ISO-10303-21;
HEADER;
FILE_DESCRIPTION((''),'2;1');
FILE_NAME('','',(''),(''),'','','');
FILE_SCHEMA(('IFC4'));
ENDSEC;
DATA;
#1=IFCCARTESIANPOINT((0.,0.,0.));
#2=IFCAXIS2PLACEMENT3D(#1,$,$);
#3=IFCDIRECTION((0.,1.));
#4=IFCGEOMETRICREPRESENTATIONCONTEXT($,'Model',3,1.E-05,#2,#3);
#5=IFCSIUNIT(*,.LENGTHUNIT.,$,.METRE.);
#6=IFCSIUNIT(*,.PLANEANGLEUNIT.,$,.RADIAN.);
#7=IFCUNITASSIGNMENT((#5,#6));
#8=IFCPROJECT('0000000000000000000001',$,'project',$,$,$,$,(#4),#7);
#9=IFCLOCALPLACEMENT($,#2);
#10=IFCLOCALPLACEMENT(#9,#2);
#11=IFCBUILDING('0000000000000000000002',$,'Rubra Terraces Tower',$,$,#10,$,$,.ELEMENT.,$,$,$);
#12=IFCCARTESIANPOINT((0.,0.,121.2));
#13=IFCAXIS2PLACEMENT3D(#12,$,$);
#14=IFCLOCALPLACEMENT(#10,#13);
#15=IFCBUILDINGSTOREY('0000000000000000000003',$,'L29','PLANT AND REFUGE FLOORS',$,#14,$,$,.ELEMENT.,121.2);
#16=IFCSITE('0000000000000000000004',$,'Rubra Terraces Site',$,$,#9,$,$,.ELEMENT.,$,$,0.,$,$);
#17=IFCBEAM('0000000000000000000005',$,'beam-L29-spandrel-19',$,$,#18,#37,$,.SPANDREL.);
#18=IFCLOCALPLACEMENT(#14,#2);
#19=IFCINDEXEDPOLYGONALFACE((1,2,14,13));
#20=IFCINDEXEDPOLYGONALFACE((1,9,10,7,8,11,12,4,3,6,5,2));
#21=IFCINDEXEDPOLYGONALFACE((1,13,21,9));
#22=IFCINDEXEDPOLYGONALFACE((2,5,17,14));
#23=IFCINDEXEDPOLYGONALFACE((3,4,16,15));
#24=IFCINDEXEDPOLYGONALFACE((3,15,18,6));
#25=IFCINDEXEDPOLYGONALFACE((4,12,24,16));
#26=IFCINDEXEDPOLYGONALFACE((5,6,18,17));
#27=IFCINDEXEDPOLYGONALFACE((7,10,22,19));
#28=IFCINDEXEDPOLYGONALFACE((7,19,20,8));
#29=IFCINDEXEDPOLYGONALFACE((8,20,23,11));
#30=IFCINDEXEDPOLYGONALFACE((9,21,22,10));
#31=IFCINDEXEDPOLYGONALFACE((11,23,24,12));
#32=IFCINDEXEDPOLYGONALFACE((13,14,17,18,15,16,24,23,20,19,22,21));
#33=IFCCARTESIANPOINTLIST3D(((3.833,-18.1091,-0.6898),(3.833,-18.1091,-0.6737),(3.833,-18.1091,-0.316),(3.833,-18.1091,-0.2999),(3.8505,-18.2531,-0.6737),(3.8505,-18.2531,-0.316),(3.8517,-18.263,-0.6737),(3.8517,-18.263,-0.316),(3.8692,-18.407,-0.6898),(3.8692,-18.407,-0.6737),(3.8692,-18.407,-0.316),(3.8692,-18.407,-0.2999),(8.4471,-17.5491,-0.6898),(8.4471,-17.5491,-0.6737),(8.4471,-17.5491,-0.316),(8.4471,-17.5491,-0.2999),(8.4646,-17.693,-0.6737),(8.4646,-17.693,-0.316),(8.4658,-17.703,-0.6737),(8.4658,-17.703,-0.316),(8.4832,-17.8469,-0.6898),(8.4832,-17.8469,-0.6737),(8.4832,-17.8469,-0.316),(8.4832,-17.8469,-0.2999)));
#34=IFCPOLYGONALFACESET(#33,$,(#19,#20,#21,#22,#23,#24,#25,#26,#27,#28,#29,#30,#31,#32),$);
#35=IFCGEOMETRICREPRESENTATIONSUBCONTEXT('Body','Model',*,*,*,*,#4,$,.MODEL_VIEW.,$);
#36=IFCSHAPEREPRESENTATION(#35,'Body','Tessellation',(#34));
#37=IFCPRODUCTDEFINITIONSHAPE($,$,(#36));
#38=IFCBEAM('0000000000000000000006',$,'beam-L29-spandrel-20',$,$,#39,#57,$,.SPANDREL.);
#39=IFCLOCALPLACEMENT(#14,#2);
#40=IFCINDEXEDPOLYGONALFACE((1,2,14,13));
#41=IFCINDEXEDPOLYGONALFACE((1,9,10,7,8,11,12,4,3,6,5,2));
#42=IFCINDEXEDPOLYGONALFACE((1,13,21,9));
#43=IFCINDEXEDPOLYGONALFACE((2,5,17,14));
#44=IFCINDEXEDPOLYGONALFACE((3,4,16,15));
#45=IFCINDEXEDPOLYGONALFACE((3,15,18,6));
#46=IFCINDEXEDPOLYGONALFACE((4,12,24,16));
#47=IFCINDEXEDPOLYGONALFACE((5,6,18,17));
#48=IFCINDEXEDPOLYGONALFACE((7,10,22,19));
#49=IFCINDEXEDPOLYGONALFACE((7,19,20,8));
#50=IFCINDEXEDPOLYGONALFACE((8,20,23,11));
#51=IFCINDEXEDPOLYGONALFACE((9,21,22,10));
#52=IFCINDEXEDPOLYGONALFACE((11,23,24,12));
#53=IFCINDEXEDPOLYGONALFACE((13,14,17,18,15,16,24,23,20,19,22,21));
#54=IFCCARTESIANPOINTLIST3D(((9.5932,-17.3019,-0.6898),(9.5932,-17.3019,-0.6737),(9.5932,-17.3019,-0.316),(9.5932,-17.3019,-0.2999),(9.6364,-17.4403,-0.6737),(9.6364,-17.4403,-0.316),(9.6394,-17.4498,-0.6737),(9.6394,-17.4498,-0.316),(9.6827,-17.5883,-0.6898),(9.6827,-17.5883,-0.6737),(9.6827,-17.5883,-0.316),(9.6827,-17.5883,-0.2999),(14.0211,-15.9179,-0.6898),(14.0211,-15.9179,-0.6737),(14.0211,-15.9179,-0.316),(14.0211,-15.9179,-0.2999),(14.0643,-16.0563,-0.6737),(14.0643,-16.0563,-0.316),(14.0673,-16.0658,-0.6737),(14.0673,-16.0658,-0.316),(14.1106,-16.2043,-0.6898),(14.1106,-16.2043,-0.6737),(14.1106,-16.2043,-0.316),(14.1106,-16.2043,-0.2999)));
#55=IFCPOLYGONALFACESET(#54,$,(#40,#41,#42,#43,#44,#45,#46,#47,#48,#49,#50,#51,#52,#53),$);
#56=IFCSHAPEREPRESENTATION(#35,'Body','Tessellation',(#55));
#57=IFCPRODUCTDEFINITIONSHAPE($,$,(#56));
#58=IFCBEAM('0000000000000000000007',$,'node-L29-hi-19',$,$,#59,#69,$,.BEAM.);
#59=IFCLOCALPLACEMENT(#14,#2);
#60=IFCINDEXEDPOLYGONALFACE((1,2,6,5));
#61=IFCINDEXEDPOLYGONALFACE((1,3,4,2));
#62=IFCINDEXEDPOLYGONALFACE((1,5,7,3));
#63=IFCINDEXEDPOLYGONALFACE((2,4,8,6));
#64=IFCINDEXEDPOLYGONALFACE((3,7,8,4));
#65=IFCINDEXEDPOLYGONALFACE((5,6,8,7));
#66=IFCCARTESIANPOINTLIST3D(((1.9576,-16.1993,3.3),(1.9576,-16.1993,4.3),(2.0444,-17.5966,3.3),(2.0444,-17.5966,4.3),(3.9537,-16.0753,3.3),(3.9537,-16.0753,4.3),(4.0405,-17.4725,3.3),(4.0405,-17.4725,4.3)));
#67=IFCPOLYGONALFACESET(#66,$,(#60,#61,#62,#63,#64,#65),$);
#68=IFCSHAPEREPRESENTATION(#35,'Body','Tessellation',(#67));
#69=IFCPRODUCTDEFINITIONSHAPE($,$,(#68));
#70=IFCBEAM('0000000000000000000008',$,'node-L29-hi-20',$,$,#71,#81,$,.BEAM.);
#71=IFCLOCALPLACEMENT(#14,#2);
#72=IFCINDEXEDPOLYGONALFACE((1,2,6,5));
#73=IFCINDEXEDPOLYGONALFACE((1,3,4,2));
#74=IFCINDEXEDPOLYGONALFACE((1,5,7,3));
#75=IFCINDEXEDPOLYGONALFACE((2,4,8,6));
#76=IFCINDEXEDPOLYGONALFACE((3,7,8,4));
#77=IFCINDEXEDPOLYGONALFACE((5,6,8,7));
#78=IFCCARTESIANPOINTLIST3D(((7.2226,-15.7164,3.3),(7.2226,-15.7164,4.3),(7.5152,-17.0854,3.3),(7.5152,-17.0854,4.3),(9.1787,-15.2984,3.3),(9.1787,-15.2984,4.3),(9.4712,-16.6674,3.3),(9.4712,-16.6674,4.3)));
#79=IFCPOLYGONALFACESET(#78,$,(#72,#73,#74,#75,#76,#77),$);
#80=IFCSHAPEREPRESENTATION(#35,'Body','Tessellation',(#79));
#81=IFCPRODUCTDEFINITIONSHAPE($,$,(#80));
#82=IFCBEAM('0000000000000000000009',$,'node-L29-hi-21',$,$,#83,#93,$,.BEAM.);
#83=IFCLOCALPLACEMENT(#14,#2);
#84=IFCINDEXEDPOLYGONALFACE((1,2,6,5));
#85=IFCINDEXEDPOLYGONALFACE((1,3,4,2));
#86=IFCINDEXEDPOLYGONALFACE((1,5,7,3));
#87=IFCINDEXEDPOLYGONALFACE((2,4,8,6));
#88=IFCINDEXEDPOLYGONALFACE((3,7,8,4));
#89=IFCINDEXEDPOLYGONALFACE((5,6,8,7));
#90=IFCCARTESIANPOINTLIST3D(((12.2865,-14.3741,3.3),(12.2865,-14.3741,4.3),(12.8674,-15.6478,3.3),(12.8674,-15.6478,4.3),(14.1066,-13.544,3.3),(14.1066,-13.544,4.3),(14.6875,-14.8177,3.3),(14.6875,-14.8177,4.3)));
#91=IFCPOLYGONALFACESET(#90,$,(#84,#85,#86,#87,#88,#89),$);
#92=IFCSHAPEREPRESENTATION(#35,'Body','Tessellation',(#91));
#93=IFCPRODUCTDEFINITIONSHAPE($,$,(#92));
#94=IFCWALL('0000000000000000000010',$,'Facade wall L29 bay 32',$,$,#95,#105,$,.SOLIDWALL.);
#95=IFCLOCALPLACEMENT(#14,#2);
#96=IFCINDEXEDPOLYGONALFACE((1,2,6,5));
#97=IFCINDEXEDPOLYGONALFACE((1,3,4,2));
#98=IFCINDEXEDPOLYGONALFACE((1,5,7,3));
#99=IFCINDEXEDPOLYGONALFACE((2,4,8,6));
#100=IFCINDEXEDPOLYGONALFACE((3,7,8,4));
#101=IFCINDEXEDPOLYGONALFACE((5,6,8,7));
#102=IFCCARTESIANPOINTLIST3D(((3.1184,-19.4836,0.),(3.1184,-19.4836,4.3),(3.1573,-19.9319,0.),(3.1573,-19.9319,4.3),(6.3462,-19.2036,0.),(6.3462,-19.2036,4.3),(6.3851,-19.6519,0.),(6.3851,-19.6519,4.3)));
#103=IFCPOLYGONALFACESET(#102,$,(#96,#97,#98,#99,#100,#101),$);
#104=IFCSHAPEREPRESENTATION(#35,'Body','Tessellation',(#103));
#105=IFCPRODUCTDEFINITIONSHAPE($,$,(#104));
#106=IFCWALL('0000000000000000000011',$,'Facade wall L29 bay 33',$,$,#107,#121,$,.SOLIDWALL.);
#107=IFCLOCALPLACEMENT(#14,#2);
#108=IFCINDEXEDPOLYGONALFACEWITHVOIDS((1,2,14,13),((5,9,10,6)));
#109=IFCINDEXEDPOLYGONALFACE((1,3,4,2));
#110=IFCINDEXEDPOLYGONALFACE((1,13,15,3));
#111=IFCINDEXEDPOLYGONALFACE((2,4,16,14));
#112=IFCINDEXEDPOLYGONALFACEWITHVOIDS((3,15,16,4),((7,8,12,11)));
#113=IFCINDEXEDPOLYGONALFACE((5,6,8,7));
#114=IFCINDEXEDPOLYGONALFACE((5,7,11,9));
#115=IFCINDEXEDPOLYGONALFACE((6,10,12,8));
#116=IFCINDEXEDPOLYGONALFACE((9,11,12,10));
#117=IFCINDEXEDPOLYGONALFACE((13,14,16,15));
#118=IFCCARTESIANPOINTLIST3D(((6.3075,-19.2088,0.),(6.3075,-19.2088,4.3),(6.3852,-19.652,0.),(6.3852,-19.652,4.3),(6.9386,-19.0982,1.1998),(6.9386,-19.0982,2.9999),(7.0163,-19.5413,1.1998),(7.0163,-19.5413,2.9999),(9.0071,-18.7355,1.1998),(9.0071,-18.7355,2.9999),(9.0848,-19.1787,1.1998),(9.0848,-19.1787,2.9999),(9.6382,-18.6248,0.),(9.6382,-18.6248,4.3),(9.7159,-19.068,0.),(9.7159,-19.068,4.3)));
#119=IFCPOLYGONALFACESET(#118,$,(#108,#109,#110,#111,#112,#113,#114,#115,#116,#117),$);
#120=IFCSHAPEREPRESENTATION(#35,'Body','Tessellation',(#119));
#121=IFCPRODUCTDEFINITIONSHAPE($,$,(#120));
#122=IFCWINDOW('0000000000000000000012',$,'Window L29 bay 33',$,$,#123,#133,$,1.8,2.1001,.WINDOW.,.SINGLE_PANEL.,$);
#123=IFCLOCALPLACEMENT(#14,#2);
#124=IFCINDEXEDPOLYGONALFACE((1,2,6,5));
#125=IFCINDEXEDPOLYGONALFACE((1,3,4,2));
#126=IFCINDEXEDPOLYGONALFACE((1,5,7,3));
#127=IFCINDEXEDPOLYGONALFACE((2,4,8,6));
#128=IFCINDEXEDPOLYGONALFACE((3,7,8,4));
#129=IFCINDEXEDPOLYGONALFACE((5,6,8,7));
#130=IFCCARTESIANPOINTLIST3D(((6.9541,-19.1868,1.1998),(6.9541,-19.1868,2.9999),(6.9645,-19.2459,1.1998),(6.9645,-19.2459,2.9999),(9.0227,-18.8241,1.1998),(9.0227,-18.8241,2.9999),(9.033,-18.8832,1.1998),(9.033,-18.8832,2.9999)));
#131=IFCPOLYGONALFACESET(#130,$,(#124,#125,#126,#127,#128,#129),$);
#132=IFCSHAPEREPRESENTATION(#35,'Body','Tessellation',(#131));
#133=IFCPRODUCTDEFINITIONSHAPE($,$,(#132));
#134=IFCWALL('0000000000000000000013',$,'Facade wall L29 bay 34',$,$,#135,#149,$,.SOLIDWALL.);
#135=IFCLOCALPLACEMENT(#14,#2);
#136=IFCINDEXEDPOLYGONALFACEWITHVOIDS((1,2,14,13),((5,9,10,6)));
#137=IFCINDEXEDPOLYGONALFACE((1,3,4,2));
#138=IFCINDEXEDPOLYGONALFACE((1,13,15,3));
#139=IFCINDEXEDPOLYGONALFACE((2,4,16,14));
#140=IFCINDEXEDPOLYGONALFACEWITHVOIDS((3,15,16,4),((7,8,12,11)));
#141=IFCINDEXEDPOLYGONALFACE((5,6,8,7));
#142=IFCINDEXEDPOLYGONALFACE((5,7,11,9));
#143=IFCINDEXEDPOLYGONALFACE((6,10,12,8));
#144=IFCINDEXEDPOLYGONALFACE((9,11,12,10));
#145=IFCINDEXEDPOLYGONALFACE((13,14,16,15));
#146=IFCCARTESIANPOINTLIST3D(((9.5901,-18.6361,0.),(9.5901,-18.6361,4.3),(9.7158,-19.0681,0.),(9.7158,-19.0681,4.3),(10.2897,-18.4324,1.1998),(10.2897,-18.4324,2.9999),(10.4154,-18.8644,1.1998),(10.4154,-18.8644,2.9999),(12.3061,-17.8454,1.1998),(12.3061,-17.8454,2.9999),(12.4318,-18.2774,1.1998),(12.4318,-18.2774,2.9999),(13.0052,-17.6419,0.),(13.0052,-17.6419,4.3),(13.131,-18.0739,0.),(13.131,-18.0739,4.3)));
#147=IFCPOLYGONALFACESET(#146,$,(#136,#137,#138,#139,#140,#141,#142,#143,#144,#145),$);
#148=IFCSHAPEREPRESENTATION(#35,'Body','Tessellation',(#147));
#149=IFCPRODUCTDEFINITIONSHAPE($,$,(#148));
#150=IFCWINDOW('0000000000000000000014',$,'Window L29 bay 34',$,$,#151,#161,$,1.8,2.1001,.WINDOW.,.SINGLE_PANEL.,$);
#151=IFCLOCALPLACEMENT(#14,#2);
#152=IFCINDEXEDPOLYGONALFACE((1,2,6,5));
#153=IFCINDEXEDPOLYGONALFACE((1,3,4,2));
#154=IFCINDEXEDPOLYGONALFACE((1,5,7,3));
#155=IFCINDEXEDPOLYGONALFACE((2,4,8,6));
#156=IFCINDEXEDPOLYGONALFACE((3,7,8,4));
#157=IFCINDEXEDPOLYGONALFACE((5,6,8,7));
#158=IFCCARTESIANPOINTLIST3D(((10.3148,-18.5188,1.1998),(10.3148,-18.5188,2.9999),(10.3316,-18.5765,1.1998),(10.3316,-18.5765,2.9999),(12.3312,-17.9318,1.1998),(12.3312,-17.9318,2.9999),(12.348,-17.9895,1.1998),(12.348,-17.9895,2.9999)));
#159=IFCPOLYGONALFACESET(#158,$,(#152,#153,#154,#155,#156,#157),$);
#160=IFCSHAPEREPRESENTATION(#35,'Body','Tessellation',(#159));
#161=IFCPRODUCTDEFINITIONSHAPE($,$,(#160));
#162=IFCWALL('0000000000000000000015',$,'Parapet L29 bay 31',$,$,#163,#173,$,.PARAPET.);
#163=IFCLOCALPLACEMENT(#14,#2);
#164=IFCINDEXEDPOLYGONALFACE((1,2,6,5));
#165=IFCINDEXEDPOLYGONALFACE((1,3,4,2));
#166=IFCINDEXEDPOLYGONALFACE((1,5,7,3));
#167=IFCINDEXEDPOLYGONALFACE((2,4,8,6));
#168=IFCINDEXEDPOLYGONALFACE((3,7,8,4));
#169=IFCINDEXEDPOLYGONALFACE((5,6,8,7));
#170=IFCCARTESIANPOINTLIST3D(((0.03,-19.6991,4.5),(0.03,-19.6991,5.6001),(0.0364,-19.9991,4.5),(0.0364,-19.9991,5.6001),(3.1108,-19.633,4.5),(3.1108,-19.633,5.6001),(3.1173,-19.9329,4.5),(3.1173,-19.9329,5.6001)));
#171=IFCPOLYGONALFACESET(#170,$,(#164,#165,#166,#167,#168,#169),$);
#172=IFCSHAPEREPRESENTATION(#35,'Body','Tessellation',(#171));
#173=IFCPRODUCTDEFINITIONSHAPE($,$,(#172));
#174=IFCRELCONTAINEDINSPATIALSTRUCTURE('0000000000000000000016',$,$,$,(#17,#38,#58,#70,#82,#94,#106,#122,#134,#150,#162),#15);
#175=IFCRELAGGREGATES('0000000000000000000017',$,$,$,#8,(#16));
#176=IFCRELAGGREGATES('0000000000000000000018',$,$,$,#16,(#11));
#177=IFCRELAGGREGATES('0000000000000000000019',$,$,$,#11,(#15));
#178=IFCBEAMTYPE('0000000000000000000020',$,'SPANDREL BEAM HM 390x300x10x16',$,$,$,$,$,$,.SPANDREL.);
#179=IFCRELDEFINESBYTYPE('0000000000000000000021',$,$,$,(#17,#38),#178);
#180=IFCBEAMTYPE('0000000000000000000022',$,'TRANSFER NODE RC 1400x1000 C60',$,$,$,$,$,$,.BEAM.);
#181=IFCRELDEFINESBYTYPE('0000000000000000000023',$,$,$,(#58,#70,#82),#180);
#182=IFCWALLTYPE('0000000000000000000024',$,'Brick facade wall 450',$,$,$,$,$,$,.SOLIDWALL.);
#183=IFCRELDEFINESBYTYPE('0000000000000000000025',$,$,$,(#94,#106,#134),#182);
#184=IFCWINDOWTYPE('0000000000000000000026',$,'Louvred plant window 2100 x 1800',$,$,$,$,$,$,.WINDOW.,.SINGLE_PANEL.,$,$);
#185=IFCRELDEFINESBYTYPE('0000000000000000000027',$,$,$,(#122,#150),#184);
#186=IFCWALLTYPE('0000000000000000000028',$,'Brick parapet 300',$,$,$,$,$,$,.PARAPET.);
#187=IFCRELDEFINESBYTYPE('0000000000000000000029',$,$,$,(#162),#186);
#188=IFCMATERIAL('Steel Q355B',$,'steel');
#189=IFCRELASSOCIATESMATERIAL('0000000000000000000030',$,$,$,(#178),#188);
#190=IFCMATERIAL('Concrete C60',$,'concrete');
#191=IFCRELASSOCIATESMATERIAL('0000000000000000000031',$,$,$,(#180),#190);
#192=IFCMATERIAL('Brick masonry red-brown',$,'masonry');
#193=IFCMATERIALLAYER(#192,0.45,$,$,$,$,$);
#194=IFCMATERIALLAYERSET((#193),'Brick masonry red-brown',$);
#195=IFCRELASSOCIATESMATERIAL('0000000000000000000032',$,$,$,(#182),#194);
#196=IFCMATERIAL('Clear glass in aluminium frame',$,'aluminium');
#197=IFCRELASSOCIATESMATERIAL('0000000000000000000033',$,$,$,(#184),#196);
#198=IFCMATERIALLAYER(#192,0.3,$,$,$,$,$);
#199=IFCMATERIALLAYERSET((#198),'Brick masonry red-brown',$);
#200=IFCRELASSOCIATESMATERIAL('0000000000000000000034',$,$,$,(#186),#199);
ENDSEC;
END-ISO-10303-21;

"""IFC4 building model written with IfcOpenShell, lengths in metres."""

from ifc_helpers import new_model, si_unit, direction, frame, frame_2d, origin, origin_2d, place, context, subcontext, project, spatial, rectangle, i_section, extrude, material, layer, layer_set, material_profile, profile_set, type_object, element, fill, save


model = new_model("IFC4")

# Units and contexts
model_context = context("Model", 3, precision=1e-05, world=origin(), true_north=direction((0.0, 1.0)))
body_context = subcontext(model_context, "Body", "Model", "MODEL_VIEW")
ifc_project = project(units=[si_unit("LENGTHUNIT", "METRE"), si_unit("PLANEANGLEUNIT", "RADIAN")], contexts=[model_context])

# Site, building, storey
site_placement = place(None, origin())
site = spatial("IfcSite", under=ifc_project, at=site_placement, Name="Rubra Terraces Site", CompositionType="ELEMENT", RefElevation=0.0)
building_placement = place(site_placement, origin())
building = spatial("IfcBuilding", under=site, at=building_placement, Name="Rubra Terraces Tower", CompositionType="ELEMENT")
storey_placement = place(building_placement, frame((0.0, 0.0, 121.2)))
storey = spatial("IfcBuildingStorey", under=building, at=storey_placement, Name="L29", Description="PLANT AND REFUGE FLOORS", CompositionType="ELEMENT", Elevation=121.2)

# Shared definitions
ifc_material_1 = material(Name="Concrete C60", Category="concrete")

# Shared definitions
ifc_material_2 = material(Name="Steel Q355B", Category="steel")

# Beams
ifc_material_profile_1 = material_profile(ifc_material_2, i_section(OverallWidth=0.3, OverallDepth=0.3899, WebThickness=0.01, FlangeThickness=0.0161, at=origin_2d()), Name="HM 390x300x10x16")
ifc_profile_set_1 = profile_set([ifc_material_profile_1], Name="Steel Q355B")
beam_type_1 = type_object("IfcBeamType", Name="SPANDREL BEAM HM 390x300x10x16", PredefinedType="SPANDREL", material=ifc_profile_set_1)
beam_1_placement = place(storey_placement, frame((3.8511, -18.2581, -0.4949), z_axis=(0.992714, 0.120498, 0.0), x_axis=(-0.120498, 0.992714, 0.0)))
element("IfcBeam", 1, at=beam_1_placement, inside=storey, type_object=beam_type_1, Name="beam-L29-spandrel-19", PredefinedType="SPANDREL", context=body_context, shape_type="SweptSolid", body=[
    extrude(i_section(OverallWidth=0.3, OverallDepth=0.3899, WebThickness=0.01, FlangeThickness=0.0161, at=origin_2d()), origin(), (0.0, 0.0, 1.0), 4.6479),
])
beam_2_placement = place(storey_placement, frame((9.6379, -17.4451, -0.4949), z_axis=(0.954462, 0.298332, 0.0), x_axis=(-0.298332, 0.954462, 0.0)))
element("IfcBeam", 2, at=beam_2_placement, inside=storey, type_object=beam_type_1, Name="beam-L29-spandrel-20", PredefinedType="SPANDREL", context=body_context, shape_type="SweptSolid", body=[
    extrude(i_section(OverallWidth=0.3, OverallDepth=0.3899, WebThickness=0.01, FlangeThickness=0.0161, at=origin_2d()), origin(), (0.0, 0.0, 1.0), 4.6392),
])
ifc_material_profile_2 = material_profile(ifc_material_1, rectangle(XDim=1.3999, YDim=1.0, at=origin_2d()), Name="RC 1400x1000")
ifc_profile_set_2 = profile_set([ifc_material_profile_2], Name="Concrete C60")
beam_type_2 = type_object("IfcBeamType", Name="TRANSFER NODE RC 1400x1000 C60", PredefinedType="BEAM", material=ifc_profile_set_2)
beam_3_placement = place(storey_placement, frame((2.001, -16.8979, 3.8), z_axis=(0.998075, 0.062013, 0.0), x_axis=(-0.062013, 0.998075, 0.0)))
element("IfcBeam", 3, at=beam_3_placement, inside=storey, type_object=beam_type_2, Name="node-L29-hi-19", PredefinedType="BEAM", context=body_context, shape_type="SweptSolid", body=[
    extrude(rectangle(XDim=1.3999, YDim=1.0, at=origin_2d()), origin(), (0.0, 0.0, 1.0), 2.0),
])
beam_4_placement = place(storey_placement, frame((7.3689, -16.4009, 3.8), z_axis=(0.977924, 0.208962, 0.0), x_axis=(-0.208962, 0.977924, 0.0)))
element("IfcBeam", 4, at=beam_4_placement, inside=storey, type_object=beam_type_2, Name="node-L29-hi-20", PredefinedType="BEAM", context=body_context, shape_type="SweptSolid", body=[
    extrude(rectangle(XDim=1.3999, YDim=1.0, at=origin_2d()), origin(), (0.0, 0.0, 1.0), 2.0002),
])
beam_5_placement = place(storey_placement, frame((12.5769, -15.011, 3.8), z_axis=(0.909843, 0.414952, 0.0), x_axis=(-0.414952, 0.909843, 0.0)))
element("IfcBeam", 5, at=beam_5_placement, inside=storey, type_object=beam_type_2, Name="node-L29-hi-21", PredefinedType="BEAM", context=body_context, shape_type="SweptSolid", body=[
    extrude(rectangle(XDim=1.3999, YDim=1.0, at=origin_2d()), origin(), (0.0, 0.0, 1.0), 2.0005),
])

# Wall
ifc_material_3 = material(Name="Brick masonry red-brown", Category="masonry")
ifc_layer_1 = layer(ifc_material_3, 0.45)
ifc_layer_set_1 = layer_set([ifc_layer_1], Name="Brick masonry red-brown")
wall_type_1 = type_object("IfcWallType", Name="Brick facade wall 450", PredefinedType="SOLIDWALL", material=ifc_layer_set_1)
wall_1_placement = place(storey_placement, frame((3.1377, -19.7078, 0.0), z_axis=(0.0, 0.0, 1.0), x_axis=(0.996258, 0.086431, 0.0)))
element("IfcWall", 6, at=wall_1_placement, inside=storey, type_object=wall_type_1, Name="Facade wall L29 bay 32", PredefinedType="SOLIDWALL", context=body_context, shape_type="SweptSolid", body=[
    extrude(rectangle(XDim=3.24, YDim=0.45, at=frame_2d((1.6201, 0.0))), origin(), (0.0, 0.0, 1.0), 4.3),
])

# Walls, openings, windows
wall_2_placement = place(storey_placement, frame((6.3462, -19.4304, 0.0), z_axis=(0.0, 0.0, 1.0), x_axis=(0.984976, 0.172694, 0.0)))
wall_2 = element("IfcWall", 7, at=wall_2_placement, inside=storey, type_object=wall_type_1, Name="Facade wall L29 bay 33", PredefinedType="SOLIDWALL", context=body_context, shape_type="SweptSolid", body=[
    extrude(rectangle(XDim=3.3816, YDim=0.45, at=frame_2d((1.6909, 0.0))), origin(), (0.0, 0.0, 1.0), 4.3),
])
opening_1_placement = place(wall_2_placement, frame((0.6409, 0.0, 1.2)))
opening_1 = element("IfcOpeningElement", 8, at=opening_1_placement, cuts=wall_2, PredefinedType="OPENING", context=body_context, shape_type="SweptSolid", body=[
    extrude(rectangle(XDim=2.1001, YDim=1.8, at=frame_2d((1.05, 0.8999))), frame((0.0, 0.2349, 0.0), z_axis=(0.0, -1.0, 0.0), x_axis=(1.0, 0.0, 0.0)), (0.0, 0.0, 1.0), 0.47),
])
ifc_material_4 = material(Name="Clear glass in aluminium frame", Category="aluminium")
window_type = type_object("IfcWindowType", Name="Louvred plant window 2100 x 1800", PartitioningType="SINGLE_PANEL", PredefinedType="WINDOW", material=ifc_material_4)
window_1_placement = place(opening_1_placement, origin())
window_1 = element("IfcWindow", 9, at=window_1_placement, inside=storey, type_object=window_type, Name="Window L29 bay 33", OverallHeight=1.8, OverallWidth=2.1001, PartitioningType="SINGLE_PANEL", PredefinedType="WINDOW", context=body_context, shape_type="SweptSolid", body=[
    extrude(rectangle(XDim=2.1001, YDim=1.8, at=frame_2d((1.05, 0.8999))), frame((0.0, 0.135, 0.0), z_axis=(0.0, -1.0, 0.0), x_axis=(1.0, 0.0, 0.0)), (0.0, 0.0, 1.0), 0.0601),
])
fill(opening_1, window_1)
wall_3_placement = place(storey_placement, frame((9.6531, -18.8521, 0.0), z_axis=(0.0, 0.0, 1.0), x_axis=(0.960144, 0.279504, 0.0)))
wall_3 = element("IfcWall", 10, at=wall_3_placement, inside=storey, type_object=wall_type_1, Name="Facade wall L29 bay 34", PredefinedType="SOLIDWALL", context=body_context, shape_type="SweptSolid", body=[
    extrude(rectangle(XDim=3.5569, YDim=0.45, at=frame_2d((1.7783, 0.0))), origin(), (0.0, 0.0, 1.0), 4.3),
])
opening_2_placement = place(wall_3_placement, frame((0.7285, 0.0, 1.2)))
opening_2 = element("IfcOpeningElement", 11, at=opening_2_placement, cuts=wall_3, PredefinedType="OPENING", context=body_context, shape_type="SweptSolid", body=[
    extrude(rectangle(XDim=2.1001, YDim=1.8, at=frame_2d((1.05, 0.8999))), frame((0.0, 0.2349, 0.0), z_axis=(0.0, -1.0, 0.0), x_axis=(1.0, 0.0, 0.0)), (0.0, 0.0, 1.0), 0.47),
])
window_2_placement = place(opening_2_placement, origin())
window_2 = element("IfcWindow", 12, at=window_2_placement, inside=storey, type_object=window_type, Name="Window L29 bay 34", OverallHeight=1.8, OverallWidth=2.1001, PartitioningType="SINGLE_PANEL", PredefinedType="WINDOW", context=body_context, shape_type="SweptSolid", body=[
    extrude(rectangle(XDim=2.1001, YDim=1.8, at=frame_2d((1.05, 0.8999))), frame((0.0, 0.135, 0.0), z_axis=(0.0, -1.0, 0.0), x_axis=(1.0, 0.0, 0.0)), (0.0, 0.0, 1.0), 0.0601),
])
fill(opening_2, window_2)

# Wall
ifc_layer_2 = layer(ifc_material_3, 0.3)
ifc_layer_set_2 = layer_set([ifc_layer_2], Name="Brick masonry red-brown")
wall_type_2 = type_object("IfcWallType", Name="Brick parapet 300", PredefinedType="PARAPET", material=ifc_layer_set_2)
wall_4_placement = place(storey_placement, frame((0.0332, -19.8491, 4.5), z_axis=(0.0, 0.0, 1.0), x_axis=(0.999769, 0.021471, 0.0)))
element("IfcWall", 13, at=wall_4_placement, inside=storey, type_object=wall_type_2, Name="Parapet L29 bay 31", PredefinedType="PARAPET", context=body_context, shape_type="SweptSolid", body=[
    extrude(rectangle(XDim=3.0815, YDim=0.3, at=frame_2d((1.5408, 0.0))), origin(), (0.0, 0.0, 1.0), 1.1001),
])

save(model, "model.ifc")
